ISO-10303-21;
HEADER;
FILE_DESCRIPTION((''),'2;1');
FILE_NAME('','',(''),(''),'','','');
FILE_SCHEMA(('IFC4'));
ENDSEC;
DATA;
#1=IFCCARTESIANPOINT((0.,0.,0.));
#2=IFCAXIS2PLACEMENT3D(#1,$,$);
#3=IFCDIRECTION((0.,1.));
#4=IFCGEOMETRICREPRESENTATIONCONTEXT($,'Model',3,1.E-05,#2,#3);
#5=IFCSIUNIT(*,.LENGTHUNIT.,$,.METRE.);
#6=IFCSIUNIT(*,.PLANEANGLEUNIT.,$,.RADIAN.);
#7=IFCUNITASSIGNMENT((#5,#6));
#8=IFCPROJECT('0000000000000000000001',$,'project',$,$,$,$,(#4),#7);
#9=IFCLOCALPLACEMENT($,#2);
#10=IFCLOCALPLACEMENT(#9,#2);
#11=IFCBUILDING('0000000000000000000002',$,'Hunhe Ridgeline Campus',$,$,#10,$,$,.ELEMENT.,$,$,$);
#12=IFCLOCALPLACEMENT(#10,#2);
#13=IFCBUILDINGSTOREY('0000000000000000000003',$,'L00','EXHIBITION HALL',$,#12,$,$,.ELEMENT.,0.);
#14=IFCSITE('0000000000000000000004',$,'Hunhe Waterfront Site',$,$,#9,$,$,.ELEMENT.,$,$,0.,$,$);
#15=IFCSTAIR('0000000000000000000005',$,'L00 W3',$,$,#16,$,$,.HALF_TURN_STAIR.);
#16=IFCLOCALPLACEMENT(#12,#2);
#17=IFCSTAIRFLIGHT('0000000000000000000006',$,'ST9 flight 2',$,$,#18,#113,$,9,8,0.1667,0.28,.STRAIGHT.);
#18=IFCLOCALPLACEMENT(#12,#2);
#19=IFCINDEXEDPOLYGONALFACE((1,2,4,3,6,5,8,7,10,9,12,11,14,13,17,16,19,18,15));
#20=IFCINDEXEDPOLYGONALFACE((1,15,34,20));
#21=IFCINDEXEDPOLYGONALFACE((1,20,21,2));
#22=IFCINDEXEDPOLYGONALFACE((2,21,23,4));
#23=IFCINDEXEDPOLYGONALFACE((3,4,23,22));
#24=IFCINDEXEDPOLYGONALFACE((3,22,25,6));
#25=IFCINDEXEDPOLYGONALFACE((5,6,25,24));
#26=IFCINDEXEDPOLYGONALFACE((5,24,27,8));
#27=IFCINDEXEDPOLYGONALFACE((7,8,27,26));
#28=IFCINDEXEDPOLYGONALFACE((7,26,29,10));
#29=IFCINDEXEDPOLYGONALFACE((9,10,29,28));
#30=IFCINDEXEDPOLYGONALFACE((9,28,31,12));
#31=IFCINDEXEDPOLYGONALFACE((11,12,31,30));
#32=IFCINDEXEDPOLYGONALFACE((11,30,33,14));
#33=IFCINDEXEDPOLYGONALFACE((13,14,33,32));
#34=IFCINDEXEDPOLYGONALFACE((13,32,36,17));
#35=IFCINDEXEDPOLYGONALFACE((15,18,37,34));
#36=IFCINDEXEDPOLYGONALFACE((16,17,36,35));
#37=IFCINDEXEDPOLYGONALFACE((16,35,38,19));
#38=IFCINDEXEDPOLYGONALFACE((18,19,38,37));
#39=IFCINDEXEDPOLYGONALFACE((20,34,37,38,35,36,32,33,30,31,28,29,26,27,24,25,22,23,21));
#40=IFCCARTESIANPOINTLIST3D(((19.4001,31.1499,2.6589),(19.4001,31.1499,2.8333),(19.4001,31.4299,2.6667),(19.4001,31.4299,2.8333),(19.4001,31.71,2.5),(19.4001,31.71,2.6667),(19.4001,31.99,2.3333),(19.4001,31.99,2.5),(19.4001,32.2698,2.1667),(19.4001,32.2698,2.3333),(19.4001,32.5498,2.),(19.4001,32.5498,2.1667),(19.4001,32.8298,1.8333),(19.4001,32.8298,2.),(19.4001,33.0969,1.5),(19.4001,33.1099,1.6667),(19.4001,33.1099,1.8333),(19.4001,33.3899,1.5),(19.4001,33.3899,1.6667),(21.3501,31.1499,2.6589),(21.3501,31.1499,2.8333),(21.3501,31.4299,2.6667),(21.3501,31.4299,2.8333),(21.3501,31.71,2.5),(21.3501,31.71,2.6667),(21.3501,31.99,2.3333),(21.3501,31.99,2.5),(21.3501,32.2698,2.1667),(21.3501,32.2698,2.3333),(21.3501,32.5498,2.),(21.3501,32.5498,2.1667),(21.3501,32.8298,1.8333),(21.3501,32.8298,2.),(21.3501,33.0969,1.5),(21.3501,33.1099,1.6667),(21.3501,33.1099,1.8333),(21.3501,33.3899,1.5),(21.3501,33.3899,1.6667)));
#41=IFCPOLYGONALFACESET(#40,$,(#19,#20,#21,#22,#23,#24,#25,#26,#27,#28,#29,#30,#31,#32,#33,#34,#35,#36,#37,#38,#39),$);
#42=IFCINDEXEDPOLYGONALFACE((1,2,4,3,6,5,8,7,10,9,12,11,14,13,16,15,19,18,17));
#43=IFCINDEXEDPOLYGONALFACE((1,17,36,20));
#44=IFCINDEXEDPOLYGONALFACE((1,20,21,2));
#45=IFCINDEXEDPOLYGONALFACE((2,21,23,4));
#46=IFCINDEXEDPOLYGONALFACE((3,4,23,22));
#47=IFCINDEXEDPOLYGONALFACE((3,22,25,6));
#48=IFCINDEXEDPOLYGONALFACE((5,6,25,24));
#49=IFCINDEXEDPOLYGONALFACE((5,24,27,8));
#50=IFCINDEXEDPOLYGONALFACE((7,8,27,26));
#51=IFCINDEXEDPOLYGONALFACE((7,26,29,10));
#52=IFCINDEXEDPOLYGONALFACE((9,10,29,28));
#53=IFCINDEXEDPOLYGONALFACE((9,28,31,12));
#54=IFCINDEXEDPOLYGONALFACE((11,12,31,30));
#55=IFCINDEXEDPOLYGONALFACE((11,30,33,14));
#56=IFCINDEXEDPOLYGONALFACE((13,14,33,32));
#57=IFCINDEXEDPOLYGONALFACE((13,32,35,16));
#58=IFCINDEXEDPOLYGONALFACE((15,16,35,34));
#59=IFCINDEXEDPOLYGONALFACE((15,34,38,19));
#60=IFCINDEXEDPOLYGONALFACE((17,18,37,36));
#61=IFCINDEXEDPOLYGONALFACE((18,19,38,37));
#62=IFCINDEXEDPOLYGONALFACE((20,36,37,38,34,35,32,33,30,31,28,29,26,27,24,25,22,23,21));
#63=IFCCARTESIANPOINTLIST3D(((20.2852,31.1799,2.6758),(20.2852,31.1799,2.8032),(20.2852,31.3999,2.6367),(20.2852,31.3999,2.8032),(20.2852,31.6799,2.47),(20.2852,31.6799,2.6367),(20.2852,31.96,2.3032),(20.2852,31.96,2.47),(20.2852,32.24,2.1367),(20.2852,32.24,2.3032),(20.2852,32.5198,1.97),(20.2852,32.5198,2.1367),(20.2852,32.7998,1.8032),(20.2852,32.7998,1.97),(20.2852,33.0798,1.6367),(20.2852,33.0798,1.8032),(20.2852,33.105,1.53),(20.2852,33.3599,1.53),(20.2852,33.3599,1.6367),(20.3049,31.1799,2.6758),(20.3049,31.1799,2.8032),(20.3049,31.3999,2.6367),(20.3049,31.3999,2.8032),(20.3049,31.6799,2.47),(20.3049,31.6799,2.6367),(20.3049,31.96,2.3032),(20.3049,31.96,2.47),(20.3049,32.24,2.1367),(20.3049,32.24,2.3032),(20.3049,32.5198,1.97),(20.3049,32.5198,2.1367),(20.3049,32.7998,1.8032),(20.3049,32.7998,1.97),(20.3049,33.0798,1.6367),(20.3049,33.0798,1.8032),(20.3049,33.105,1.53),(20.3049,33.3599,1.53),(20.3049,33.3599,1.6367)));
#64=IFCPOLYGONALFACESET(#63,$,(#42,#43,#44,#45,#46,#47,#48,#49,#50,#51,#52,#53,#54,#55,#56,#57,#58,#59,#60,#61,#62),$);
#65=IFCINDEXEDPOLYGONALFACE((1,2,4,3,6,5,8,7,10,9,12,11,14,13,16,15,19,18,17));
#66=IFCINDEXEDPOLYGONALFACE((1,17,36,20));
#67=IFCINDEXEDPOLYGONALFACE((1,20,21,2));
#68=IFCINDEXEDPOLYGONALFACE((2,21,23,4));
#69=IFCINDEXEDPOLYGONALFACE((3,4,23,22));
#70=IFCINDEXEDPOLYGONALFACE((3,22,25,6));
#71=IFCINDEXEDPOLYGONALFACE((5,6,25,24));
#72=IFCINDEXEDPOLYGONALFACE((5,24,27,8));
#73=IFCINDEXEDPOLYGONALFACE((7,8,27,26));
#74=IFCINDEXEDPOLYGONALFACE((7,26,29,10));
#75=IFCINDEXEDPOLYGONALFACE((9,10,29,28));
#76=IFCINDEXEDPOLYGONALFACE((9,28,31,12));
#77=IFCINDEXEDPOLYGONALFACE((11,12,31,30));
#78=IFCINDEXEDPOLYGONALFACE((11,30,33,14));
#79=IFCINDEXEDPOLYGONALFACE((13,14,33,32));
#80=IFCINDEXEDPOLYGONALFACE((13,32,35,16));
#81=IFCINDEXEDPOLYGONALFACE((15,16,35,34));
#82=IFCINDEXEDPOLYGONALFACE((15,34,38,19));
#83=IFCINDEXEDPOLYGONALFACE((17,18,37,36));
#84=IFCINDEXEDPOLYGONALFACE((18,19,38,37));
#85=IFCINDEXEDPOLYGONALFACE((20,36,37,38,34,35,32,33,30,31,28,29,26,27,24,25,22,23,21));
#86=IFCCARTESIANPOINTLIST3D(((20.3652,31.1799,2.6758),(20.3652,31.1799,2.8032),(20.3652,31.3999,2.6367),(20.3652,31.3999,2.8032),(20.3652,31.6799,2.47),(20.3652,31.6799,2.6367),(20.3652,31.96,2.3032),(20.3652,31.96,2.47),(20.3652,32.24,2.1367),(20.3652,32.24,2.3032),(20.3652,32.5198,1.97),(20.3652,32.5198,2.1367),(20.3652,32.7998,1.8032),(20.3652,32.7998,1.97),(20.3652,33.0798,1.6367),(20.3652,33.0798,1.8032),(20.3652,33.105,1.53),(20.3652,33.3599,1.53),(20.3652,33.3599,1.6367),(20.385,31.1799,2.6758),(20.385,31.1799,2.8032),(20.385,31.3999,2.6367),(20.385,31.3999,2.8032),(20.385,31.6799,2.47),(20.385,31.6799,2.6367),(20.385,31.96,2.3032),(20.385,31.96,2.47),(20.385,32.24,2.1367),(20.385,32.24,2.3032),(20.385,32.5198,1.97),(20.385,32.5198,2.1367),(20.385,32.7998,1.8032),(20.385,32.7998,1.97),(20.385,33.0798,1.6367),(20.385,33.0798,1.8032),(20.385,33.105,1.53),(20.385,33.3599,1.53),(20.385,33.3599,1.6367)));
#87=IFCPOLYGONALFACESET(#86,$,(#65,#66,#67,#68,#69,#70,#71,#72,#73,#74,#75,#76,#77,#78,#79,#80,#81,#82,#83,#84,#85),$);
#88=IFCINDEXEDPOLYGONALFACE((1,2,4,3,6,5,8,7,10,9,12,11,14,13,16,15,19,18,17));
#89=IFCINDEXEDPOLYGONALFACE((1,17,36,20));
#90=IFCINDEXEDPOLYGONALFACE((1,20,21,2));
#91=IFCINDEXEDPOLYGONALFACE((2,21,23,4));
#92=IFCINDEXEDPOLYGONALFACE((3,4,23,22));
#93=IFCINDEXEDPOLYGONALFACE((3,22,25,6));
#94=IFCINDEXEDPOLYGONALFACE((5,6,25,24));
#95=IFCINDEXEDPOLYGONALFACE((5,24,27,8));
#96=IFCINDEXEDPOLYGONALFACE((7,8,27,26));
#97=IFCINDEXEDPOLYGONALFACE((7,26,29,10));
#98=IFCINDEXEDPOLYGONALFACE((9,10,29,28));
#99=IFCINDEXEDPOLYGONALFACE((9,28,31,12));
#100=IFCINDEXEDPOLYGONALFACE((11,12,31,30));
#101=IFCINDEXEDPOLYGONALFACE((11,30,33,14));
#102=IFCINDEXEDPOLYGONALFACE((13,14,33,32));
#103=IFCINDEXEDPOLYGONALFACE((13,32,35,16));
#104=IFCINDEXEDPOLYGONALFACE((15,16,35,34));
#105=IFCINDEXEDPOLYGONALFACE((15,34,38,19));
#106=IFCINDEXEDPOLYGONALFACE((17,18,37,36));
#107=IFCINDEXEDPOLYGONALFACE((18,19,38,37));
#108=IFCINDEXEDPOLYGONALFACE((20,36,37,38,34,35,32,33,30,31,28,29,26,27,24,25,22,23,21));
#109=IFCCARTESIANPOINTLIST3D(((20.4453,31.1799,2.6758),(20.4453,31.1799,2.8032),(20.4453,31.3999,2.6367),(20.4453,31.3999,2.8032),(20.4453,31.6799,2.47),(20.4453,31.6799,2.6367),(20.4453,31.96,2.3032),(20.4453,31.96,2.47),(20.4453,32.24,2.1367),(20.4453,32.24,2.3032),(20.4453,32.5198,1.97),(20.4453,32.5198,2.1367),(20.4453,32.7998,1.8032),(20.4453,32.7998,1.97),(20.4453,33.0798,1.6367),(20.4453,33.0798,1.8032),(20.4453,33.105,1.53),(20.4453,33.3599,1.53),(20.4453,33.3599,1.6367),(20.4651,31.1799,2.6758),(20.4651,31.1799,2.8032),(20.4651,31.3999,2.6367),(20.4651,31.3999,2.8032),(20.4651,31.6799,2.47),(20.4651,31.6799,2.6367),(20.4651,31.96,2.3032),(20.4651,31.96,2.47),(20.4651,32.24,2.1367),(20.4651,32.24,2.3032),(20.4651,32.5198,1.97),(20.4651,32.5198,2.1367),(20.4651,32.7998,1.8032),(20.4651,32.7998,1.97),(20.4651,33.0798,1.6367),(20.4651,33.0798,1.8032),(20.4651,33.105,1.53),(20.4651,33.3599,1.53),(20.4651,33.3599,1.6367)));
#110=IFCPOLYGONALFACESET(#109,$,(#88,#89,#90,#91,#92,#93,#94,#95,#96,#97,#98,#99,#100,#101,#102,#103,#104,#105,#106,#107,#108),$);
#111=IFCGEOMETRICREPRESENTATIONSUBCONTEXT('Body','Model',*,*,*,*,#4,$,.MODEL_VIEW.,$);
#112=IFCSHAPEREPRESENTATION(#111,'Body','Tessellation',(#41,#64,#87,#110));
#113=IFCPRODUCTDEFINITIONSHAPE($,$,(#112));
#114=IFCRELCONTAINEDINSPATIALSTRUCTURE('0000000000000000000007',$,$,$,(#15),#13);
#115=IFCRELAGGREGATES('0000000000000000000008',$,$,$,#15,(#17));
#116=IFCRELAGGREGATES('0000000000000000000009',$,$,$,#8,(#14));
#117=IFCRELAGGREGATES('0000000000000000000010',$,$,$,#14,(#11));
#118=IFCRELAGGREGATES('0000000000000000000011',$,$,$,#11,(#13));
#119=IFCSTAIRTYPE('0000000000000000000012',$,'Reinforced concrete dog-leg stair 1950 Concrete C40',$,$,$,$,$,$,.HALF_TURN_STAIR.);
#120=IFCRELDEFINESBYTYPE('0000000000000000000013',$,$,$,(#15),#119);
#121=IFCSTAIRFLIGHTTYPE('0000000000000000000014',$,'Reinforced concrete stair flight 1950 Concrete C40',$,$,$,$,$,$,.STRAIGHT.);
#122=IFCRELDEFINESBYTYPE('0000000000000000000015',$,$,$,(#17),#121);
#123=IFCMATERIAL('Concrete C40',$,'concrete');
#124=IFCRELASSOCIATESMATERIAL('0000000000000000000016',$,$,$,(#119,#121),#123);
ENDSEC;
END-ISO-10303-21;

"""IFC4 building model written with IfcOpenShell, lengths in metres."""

from ifc_helpers import new_model, si_unit, direction, frame, origin, place, context, subcontext, project, spatial, polyline, outline, extrude, material, type_object, element, aggregate, save


model = new_model("IFC4")

# Units and contexts
model_context = context("Model", 3, precision=1e-05, world=origin(), true_north=direction((0.0, 1.0)))
body_context = subcontext(model_context, "Body", "Model", "MODEL_VIEW")
ifc_project = project(units=[si_unit("LENGTHUNIT", "METRE"), si_unit("PLANEANGLEUNIT", "RADIAN")], contexts=[model_context])

# Site, building, storey
site_placement = place(None, origin())
site = spatial("IfcSite", under=ifc_project, at=site_placement, Name="Hunhe Waterfront Site", CompositionType="ELEMENT", RefElevation=0.0)
building_placement = place(site_placement, origin())
building = spatial("IfcBuilding", under=site, at=building_placement, Name="Hunhe Ridgeline Campus", CompositionType="ELEMENT")
storey_placement = place(building_placement, origin())
storey = spatial("IfcBuildingStorey", under=building, at=storey_placement, Name="L00", Description="EXHIBITION HALL", CompositionType="ELEMENT", Elevation=0.0)

# Shared definitions
ifc_material_1 = material(Name="Concrete C40", Category="concrete")

# Stair, stair flight
stair_type = type_object("IfcStairType", Name="Reinforced concrete dog-leg stair 1950 Concrete C40", PredefinedType="HALF_TURN_STAIR", material=ifc_material_1)
stair_1_placement = place(storey_placement, origin())
stair_1 = element("IfcStair", 1, at=stair_1_placement, inside=storey, type_object=stair_type, Name="L00 W3", PredefinedType="HALF_TURN_STAIR")
stair_flight_type = type_object("IfcStairFlightType", Name="Reinforced concrete stair flight 1950 Concrete C40", PredefinedType="STRAIGHT", material=ifc_material_1)
stair_flight_1_placement = place(storey_placement, frame((20.375, 33.3899, 1.5), z_axis=(0.0, 0.0, 1.0), x_axis=(0.0, -1.0, 0.0)))
stair_flight_1 = element("IfcStairFlight", 2, at=stair_flight_1_placement, type_object=stair_flight_type, Name="ST9 flight 2", NumberOfRisers=9, NumberOfTreads=8, PredefinedType="STRAIGHT", RiserHeight=0.1667, TreadLength=0.28, context=body_context, shape_type="SweptSolid", body=[
    extrude(outline(polyline([(0.0, 0.0), (0.0, 0.1667), (0.28, 0.1667), (0.28, 0.3333), (0.5601, 0.3333), (0.5601, 0.5), (0.8401, 0.5), (0.8401, 0.6667), (1.1201, 0.6667), (1.1201, 0.8333), (1.3999, 0.8333), (1.3999, 1.0), (1.6799, 1.0), (1.6799, 1.1667), (1.96, 1.1667), (1.96, 1.3333), (2.24, 1.3333), (2.24, 1.5), (2.24, 1.1589), (0.293, 0.0), (0.0, 0.0)])), frame((0.0, 0.9751, 0.0), z_axis=(0.0, -1.0, 0.0), x_axis=(1.0, 0.0, 0.0)), (0.0, 0.0, 1.0), 1.95),
    extrude(outline(polyline([(0.03, 0.03), (0.03, 0.1367), (0.3101, 0.1367), (0.3101, 0.3032), (0.5901, 0.3032), (0.5901, 0.47), (0.8701, 0.47), (0.8701, 0.6367), (1.1499, 0.6367), (1.1499, 0.8032), (1.4299, 0.8032), (1.4299, 0.97), (1.71, 0.97), (1.71, 1.1367), (1.99, 1.1367), (1.99, 1.3032), (2.21, 1.3032), (2.21, 1.1758), (0.2849, 0.03), (0.03, 0.03)])), frame((0.0, -0.0701, 0.0), z_axis=(0.0, -1.0, 0.0), x_axis=(1.0, 0.0, 0.0)), (0.0, 0.0, 1.0), 0.0198),
    extrude(outline(polyline([(0.03, 0.03), (0.03, 0.1367), (0.3101, 0.1367), (0.3101, 0.3032), (0.5901, 0.3032), (0.5901, 0.47), (0.8701, 0.47), (0.8701, 0.6367), (1.1499, 0.6367), (1.1499, 0.8032), (1.4299, 0.8032), (1.4299, 0.97), (1.71, 0.97), (1.71, 1.1367), (1.99, 1.1367), (1.99, 1.3032), (2.21, 1.3032), (2.21, 1.1758), (0.2849, 0.03), (0.03, 0.03)])), frame((0.0, 0.01, 0.0), z_axis=(0.0, -1.0, 0.0), x_axis=(1.0, 0.0, 0.0)), (0.0, 0.0, 1.0), 0.0198),
    extrude(outline(polyline([(0.03, 0.03), (0.03, 0.1367), (0.3101, 0.1367), (0.3101, 0.3032), (0.5901, 0.3032), (0.5901, 0.47), (0.8701, 0.47), (0.8701, 0.6367), (1.1499, 0.6367), (1.1499, 0.8032), (1.4299, 0.8032), (1.4299, 0.97), (1.71, 0.97), (1.71, 1.1367), (1.99, 1.1367), (1.99, 1.3032), (2.21, 1.3032), (2.21, 1.1758), (0.2849, 0.03), (0.03, 0.03)])), frame((0.0, 0.0901, 0.0), z_axis=(0.0, -1.0, 0.0), x_axis=(1.0, 0.0, 0.0)), (0.0, 0.0, 1.0), 0.0198),
])
aggregate(stair_1, [stair_flight_1])

save(model, "model.ifc")
